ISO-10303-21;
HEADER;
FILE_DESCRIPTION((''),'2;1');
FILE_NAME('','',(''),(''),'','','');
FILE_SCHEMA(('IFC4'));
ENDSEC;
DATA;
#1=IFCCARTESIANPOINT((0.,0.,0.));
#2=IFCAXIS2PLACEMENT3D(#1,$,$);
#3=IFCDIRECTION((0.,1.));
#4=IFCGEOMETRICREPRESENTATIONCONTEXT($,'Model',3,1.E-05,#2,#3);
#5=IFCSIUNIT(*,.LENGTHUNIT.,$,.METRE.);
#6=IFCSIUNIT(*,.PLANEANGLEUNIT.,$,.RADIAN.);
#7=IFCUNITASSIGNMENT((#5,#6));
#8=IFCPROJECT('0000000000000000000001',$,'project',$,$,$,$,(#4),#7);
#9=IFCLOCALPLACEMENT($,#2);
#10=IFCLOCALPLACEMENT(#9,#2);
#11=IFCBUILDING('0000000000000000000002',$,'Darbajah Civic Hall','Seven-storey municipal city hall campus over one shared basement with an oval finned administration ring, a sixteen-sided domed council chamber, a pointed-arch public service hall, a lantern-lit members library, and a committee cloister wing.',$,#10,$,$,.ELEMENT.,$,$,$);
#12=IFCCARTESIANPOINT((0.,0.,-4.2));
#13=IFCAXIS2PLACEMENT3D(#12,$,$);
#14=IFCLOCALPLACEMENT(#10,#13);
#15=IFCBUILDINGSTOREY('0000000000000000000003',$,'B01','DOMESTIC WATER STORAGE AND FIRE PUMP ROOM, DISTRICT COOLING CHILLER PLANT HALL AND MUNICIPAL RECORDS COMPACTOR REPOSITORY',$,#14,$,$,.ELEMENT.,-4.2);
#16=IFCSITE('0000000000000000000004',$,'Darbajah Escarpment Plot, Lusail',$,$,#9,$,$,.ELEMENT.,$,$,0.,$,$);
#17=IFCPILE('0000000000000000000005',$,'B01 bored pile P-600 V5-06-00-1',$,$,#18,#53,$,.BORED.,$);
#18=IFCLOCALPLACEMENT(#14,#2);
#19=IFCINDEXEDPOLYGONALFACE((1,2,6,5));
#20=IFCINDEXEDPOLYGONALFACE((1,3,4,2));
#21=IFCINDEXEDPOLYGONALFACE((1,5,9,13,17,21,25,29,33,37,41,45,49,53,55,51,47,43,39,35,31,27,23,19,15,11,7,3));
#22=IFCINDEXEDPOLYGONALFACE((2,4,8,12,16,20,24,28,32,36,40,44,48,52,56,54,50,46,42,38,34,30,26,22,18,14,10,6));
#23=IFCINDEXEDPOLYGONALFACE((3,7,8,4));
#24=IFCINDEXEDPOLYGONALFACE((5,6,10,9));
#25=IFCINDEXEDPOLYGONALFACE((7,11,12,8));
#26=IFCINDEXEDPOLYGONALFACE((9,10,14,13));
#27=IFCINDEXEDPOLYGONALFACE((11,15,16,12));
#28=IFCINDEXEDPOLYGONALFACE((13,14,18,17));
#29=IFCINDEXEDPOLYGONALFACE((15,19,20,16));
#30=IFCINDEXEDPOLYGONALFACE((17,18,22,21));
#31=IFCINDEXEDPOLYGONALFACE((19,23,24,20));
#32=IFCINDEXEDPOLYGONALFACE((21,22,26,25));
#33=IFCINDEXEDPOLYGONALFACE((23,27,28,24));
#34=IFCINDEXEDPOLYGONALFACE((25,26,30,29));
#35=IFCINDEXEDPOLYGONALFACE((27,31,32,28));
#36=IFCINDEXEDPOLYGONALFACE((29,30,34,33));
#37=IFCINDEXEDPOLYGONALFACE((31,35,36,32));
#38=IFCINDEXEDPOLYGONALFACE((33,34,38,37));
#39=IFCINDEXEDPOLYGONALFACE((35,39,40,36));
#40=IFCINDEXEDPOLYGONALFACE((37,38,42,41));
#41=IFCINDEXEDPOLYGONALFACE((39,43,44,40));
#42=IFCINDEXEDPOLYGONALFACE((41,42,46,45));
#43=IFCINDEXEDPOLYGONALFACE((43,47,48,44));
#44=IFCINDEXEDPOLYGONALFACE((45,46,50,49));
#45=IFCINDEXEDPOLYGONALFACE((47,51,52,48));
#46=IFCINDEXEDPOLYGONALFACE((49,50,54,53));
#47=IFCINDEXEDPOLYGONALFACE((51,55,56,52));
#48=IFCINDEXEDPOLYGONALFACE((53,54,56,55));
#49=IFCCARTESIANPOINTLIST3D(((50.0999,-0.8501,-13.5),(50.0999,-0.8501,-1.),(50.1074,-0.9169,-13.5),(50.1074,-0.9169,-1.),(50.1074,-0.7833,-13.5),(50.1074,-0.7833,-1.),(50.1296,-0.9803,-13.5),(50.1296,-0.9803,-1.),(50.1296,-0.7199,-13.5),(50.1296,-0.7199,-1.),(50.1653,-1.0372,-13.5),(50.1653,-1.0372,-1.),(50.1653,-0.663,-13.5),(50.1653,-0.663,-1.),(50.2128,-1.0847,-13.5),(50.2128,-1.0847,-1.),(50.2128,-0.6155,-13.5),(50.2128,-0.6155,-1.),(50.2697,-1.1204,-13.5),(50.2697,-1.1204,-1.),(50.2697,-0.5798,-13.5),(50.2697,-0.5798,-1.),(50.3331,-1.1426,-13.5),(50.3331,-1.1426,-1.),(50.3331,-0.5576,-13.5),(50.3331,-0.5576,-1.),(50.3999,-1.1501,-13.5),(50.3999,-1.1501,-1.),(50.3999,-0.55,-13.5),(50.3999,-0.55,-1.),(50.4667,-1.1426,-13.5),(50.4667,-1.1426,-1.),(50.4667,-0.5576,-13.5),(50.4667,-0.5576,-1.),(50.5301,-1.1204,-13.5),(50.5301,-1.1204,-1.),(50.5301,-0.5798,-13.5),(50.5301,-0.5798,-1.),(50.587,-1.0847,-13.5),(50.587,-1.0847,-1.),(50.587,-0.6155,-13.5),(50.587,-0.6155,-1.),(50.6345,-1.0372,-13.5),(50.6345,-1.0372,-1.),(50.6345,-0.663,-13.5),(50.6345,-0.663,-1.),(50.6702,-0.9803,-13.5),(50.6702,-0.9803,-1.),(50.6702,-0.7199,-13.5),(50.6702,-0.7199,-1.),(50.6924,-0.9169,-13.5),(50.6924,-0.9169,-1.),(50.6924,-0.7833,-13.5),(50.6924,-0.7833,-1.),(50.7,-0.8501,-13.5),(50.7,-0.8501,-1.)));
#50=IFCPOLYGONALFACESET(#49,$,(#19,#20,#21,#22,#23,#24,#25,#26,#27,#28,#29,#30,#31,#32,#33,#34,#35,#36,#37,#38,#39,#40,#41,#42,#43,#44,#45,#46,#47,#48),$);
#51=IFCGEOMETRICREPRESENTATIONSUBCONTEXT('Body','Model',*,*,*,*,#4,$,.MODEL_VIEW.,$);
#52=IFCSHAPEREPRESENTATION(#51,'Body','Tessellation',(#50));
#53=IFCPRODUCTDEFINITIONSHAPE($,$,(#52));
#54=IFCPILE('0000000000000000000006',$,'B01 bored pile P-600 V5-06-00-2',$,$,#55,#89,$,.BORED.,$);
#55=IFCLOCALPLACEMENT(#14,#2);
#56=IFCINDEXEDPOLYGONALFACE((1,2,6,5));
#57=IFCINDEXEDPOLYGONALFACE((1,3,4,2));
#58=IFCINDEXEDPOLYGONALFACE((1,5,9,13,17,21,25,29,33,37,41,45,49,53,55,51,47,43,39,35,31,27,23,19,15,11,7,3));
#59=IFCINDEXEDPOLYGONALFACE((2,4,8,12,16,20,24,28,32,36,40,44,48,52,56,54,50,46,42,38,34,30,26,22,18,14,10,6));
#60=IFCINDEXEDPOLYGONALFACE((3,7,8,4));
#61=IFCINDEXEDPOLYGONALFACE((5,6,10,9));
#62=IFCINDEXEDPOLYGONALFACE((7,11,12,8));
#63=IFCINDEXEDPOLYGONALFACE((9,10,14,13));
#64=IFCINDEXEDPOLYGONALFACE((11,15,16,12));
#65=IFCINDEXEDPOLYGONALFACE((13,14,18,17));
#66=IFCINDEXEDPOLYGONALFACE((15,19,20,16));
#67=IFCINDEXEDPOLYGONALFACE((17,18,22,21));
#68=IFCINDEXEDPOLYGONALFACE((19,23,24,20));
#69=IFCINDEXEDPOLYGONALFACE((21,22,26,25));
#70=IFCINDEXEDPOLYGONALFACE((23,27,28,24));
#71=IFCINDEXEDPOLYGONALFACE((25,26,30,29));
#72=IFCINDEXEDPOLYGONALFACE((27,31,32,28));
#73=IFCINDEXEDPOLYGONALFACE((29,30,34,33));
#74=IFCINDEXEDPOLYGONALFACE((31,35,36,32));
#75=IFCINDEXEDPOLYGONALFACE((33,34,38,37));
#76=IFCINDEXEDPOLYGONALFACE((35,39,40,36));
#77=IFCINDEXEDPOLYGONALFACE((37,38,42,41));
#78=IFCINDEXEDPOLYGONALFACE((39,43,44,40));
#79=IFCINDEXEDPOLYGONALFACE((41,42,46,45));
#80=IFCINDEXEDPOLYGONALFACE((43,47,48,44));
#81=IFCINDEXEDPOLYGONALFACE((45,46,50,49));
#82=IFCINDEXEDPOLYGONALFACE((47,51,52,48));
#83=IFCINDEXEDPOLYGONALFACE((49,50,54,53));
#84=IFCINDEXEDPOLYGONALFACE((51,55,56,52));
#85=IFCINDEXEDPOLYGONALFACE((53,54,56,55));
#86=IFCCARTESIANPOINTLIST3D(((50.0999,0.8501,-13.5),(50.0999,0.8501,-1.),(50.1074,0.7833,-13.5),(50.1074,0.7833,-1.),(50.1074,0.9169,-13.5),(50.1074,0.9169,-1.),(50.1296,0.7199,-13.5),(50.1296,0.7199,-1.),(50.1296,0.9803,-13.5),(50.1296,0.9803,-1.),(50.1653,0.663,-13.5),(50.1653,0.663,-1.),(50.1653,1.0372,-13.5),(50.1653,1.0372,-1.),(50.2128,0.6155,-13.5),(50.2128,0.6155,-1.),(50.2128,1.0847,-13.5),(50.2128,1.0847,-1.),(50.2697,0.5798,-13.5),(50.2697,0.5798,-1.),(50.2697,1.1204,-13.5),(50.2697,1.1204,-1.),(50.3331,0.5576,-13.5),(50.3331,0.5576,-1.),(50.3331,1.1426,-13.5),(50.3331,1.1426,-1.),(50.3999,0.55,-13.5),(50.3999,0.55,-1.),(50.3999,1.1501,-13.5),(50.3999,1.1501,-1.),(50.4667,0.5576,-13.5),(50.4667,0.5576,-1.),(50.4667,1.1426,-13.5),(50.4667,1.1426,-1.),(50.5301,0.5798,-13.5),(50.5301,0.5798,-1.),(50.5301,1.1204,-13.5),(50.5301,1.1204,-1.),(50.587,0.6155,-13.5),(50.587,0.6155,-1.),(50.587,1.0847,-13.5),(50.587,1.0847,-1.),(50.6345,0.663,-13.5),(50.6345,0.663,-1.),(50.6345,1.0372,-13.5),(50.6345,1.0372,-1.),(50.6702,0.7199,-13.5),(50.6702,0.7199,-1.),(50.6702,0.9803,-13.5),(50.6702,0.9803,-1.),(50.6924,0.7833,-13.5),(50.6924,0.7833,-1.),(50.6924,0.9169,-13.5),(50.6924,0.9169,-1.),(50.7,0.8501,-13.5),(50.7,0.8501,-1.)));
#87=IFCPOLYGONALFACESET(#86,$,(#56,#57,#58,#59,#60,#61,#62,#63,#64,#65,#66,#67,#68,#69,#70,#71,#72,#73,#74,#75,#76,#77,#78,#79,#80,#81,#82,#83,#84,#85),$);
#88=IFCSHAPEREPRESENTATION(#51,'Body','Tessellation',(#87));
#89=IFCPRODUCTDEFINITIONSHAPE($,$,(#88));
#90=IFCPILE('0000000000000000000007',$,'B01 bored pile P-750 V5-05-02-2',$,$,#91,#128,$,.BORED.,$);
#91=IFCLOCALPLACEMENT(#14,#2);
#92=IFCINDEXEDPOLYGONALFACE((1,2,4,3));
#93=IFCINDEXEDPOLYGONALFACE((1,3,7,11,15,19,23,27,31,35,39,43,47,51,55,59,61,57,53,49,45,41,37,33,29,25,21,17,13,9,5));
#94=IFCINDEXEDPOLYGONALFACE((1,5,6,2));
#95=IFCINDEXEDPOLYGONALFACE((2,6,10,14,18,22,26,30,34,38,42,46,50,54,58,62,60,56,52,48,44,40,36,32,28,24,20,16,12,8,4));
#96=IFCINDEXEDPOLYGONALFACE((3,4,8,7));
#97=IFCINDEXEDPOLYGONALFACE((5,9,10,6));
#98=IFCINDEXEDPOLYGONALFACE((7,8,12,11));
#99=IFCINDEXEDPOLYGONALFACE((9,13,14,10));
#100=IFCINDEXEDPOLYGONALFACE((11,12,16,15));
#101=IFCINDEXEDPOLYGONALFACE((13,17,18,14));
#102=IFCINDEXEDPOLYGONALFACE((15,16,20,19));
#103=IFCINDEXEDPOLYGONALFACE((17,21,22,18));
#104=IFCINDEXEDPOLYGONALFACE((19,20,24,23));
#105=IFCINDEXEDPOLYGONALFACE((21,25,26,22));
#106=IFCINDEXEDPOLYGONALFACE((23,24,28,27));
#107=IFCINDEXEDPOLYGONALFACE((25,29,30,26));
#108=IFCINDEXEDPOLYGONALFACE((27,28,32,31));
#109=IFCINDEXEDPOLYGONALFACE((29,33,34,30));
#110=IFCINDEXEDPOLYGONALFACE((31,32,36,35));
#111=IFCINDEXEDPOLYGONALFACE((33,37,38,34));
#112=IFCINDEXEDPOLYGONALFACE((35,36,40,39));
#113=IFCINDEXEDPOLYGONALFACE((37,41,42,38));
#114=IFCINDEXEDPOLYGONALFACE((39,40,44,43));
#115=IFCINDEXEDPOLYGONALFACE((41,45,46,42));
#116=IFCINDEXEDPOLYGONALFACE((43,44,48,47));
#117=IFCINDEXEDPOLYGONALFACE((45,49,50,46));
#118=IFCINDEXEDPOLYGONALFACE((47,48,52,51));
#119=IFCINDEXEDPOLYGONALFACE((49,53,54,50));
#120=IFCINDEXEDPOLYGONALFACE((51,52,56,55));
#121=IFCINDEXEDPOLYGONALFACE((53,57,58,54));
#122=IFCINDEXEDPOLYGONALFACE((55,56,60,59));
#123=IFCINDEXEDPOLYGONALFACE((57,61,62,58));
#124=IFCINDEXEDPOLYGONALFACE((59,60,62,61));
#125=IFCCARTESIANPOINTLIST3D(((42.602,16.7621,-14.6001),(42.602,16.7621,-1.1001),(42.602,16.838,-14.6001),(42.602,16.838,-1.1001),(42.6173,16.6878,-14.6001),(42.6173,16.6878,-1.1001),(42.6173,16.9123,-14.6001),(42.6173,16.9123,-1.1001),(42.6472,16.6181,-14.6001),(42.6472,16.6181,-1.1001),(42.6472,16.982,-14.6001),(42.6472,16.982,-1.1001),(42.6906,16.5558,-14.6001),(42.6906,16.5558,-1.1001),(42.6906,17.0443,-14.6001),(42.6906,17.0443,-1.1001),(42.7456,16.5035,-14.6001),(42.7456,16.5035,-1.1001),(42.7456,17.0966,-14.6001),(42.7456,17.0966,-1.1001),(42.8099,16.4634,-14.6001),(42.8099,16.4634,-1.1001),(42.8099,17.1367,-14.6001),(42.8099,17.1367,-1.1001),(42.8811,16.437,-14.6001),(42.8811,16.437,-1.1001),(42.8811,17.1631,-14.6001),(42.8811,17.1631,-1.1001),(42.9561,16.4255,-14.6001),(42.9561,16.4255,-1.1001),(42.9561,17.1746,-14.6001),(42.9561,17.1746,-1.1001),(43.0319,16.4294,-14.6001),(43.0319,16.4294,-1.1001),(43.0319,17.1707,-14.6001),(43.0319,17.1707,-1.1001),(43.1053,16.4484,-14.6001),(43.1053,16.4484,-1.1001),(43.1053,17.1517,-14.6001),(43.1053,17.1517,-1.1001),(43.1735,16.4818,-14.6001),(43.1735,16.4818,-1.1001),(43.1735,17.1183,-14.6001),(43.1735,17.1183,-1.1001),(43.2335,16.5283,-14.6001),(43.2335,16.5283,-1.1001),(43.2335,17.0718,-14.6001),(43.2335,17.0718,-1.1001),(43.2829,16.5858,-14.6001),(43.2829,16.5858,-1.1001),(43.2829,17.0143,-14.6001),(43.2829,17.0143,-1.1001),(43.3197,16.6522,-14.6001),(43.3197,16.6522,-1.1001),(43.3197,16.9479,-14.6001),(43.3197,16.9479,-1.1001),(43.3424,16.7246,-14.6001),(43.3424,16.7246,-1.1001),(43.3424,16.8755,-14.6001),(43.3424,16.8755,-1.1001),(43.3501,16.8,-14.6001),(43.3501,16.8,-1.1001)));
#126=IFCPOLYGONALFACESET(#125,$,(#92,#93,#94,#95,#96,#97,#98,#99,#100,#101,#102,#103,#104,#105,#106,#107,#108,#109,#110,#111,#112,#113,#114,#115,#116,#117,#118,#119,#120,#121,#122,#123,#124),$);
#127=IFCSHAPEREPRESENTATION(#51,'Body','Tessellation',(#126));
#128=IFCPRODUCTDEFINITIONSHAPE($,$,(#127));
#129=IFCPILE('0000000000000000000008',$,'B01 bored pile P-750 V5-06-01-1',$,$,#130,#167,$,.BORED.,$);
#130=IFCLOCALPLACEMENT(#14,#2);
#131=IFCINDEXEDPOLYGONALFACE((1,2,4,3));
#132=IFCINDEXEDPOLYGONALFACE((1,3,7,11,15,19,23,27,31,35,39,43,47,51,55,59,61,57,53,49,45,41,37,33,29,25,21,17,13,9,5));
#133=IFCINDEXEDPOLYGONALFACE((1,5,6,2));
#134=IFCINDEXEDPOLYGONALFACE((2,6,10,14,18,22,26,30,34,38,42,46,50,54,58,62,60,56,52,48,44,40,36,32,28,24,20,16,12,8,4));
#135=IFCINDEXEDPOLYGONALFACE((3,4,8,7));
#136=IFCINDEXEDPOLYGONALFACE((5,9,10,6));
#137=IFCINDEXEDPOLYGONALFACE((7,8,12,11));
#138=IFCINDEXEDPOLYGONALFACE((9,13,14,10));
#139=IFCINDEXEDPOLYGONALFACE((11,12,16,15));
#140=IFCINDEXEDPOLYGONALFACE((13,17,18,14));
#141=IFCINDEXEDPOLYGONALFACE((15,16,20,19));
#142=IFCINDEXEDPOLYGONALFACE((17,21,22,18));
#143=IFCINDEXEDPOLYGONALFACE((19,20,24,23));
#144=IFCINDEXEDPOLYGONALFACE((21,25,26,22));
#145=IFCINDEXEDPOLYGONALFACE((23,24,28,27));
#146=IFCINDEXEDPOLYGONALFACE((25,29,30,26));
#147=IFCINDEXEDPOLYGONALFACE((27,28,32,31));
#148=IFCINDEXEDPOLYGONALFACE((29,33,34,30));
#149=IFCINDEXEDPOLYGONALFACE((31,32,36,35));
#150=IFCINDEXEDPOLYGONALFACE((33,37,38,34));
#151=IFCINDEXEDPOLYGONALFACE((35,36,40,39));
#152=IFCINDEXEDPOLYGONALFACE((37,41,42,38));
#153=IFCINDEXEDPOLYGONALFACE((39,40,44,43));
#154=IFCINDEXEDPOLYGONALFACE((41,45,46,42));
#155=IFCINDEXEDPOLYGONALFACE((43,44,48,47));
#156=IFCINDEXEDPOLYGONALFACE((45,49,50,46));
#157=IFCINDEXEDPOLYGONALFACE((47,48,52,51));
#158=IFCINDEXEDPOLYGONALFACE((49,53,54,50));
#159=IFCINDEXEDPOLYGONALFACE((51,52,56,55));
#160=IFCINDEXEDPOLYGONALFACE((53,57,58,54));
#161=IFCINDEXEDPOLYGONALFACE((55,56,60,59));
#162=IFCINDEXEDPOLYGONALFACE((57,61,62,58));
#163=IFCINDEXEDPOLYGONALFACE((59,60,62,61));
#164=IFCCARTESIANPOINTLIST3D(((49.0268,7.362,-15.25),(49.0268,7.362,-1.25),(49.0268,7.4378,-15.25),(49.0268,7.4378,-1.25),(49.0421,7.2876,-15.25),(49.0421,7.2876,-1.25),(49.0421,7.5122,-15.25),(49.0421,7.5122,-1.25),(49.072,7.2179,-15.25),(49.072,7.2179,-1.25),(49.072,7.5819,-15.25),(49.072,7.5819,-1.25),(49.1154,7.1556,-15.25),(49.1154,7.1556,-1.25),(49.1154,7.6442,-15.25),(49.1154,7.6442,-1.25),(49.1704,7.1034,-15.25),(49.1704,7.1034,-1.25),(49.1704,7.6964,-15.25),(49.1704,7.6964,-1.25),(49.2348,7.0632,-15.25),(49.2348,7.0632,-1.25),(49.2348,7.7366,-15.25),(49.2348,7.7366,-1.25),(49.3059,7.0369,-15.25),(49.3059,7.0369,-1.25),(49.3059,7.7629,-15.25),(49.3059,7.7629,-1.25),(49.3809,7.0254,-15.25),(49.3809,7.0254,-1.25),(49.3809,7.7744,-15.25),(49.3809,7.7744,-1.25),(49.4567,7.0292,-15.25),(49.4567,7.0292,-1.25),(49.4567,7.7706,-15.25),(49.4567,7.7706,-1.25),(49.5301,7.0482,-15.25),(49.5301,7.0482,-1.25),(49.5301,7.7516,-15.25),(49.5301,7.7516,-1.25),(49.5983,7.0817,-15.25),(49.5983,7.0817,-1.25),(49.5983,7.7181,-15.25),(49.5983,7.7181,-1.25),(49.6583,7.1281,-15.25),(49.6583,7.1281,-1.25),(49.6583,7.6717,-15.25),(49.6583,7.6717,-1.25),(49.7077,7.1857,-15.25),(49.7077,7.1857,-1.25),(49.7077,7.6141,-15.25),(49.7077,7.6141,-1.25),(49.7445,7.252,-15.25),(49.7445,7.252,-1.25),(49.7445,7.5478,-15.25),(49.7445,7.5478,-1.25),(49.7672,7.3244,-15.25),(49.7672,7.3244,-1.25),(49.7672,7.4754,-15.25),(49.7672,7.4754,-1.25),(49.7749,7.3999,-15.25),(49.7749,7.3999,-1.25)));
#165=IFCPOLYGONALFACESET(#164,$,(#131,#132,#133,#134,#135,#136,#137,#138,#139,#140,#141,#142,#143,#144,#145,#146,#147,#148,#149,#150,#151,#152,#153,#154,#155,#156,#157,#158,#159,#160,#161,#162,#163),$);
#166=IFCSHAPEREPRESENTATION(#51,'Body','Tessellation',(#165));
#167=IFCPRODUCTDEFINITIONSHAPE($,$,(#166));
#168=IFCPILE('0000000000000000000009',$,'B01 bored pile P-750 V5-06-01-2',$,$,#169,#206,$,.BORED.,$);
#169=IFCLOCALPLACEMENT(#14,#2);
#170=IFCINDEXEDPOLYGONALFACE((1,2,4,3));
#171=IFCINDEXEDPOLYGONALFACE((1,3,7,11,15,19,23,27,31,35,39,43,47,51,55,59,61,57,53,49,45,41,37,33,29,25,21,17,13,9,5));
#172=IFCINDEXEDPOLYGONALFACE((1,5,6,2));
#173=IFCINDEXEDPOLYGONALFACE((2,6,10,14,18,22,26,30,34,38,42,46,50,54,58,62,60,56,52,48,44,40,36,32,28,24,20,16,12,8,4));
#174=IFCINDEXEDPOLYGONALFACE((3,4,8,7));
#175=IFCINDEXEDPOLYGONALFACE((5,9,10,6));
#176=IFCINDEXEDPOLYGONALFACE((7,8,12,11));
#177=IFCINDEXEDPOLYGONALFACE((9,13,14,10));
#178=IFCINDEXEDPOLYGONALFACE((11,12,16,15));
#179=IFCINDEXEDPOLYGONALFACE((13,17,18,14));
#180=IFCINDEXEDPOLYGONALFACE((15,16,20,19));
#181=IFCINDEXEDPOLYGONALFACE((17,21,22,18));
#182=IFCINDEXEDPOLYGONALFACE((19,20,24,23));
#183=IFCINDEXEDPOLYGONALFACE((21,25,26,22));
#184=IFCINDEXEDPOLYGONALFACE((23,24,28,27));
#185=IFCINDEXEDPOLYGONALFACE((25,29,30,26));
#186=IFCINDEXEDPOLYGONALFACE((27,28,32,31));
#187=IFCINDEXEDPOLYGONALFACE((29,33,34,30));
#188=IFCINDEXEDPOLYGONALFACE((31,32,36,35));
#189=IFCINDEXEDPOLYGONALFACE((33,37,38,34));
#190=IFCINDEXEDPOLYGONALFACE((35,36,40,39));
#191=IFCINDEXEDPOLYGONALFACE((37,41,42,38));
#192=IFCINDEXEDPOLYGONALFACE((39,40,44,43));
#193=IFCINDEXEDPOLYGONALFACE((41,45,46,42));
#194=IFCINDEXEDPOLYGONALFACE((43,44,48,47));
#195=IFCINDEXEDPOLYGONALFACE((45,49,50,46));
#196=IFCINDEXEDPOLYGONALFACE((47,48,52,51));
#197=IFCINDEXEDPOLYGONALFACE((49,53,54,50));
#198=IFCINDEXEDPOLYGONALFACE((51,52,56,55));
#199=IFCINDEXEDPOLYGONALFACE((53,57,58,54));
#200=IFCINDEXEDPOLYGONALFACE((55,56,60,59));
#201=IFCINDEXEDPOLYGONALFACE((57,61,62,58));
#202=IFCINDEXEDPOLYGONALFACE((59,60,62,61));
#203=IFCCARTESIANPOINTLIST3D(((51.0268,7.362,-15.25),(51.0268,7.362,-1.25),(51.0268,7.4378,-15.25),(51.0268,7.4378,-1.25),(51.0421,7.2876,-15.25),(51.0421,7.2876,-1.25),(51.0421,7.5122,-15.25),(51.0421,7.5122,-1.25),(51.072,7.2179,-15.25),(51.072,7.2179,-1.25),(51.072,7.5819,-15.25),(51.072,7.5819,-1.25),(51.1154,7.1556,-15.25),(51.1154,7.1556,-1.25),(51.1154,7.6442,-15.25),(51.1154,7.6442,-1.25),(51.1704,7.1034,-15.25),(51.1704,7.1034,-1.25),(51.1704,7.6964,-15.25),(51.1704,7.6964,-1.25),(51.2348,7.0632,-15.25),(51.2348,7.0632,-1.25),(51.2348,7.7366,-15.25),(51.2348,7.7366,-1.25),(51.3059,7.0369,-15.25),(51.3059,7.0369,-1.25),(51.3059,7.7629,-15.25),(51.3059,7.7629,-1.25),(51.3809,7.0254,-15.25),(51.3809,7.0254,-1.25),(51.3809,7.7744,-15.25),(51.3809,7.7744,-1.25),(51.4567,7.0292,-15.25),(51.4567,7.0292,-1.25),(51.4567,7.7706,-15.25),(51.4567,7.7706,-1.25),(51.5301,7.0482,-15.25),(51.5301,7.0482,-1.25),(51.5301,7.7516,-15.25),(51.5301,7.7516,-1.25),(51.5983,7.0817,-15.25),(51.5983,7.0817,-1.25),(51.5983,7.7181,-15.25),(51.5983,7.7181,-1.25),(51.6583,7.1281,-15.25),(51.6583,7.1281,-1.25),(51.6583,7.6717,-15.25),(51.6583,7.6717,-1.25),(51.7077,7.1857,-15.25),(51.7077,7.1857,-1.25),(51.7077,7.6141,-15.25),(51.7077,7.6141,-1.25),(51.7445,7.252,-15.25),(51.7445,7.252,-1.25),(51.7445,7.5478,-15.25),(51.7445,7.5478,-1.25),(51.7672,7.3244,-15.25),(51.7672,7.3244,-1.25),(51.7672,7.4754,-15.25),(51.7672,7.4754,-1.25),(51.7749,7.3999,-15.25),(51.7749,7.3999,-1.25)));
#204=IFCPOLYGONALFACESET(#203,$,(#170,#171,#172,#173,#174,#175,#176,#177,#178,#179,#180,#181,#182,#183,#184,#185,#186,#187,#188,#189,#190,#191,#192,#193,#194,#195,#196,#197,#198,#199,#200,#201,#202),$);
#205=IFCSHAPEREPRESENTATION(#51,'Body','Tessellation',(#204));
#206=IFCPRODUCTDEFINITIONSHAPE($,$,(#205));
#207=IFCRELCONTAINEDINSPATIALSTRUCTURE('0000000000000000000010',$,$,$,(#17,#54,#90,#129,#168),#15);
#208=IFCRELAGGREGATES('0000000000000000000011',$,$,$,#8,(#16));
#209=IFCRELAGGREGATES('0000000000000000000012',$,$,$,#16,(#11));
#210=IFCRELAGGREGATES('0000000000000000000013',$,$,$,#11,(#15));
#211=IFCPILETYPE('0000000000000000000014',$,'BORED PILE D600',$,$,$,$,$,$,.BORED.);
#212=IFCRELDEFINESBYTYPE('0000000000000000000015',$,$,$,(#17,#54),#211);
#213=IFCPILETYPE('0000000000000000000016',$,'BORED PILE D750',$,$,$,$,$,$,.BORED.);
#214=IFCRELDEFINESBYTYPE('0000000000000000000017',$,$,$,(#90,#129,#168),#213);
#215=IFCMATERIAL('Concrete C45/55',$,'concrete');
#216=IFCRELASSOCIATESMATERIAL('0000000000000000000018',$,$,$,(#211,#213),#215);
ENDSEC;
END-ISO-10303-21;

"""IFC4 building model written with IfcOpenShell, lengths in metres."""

from ifc_helpers import new_model, si_unit, direction, frame, origin, origin_2d, place, context, subcontext, project, spatial, circle, extrude, material, material_profile, profile_set, type_object, element, save


model = new_model("IFC4")

# Units and contexts
model_context = context("Model", 3, precision=1e-05, world=origin(), true_north=direction((0.0, 1.0)))
body_context = subcontext(model_context, "Body", "Model", "MODEL_VIEW")
ifc_project = project(units=[si_unit("LENGTHUNIT", "METRE"), si_unit("PLANEANGLEUNIT", "RADIAN")], contexts=[model_context])

# Site, building, storey
site_placement = place(None, origin())
site = spatial("IfcSite", under=ifc_project, at=site_placement, Name="Darbajah Escarpment Plot, Lusail", CompositionType="ELEMENT", RefElevation=0.0)
building_placement = place(site_placement, origin())
building = spatial("IfcBuilding", under=site, at=building_placement, Name="Darbajah Civic Hall", Description="Seven-storey municipal city hall campus over one shared basement with an oval finned administration ring, a sixteen-sided domed council chamber, a pointed-arch public service hall, a lantern-lit members library, and a committee cloister wing.", CompositionType="ELEMENT")
storey_placement = place(building_placement, frame((0.0, 0.0, -4.2)))
storey = spatial("IfcBuildingStorey", under=building, at=storey_placement, Name="B01", Description="DOMESTIC WATER STORAGE AND FIRE PUMP ROOM, DISTRICT COOLING CHILLER PLANT HALL AND MUNICIPAL RECORDS COMPACTOR REPOSITORY", CompositionType="ELEMENT", Elevation=-4.2)

# Piles
ifc_material_1 = material(Name="Concrete C45/55", Category="concrete")
ifc_material_profile_1 = material_profile(ifc_material_1, circle(Radius=0.3, at=origin_2d()), Name="BORED PILE D600")
ifc_profile_set_1 = profile_set([ifc_material_profile_1], Name="Concrete C45/55")
pile_type_1 = type_object("IfcPileType", Name="BORED PILE D600", PredefinedType="BORED", material=ifc_profile_set_1)
for number, where, z_axis, x_axis, name in (
    (1, (50.3999, -0.8501, -1.0), (0.0, 0.0, -1.0), (1.0, 0.0, 0.0), "B01 bored pile P-600 V5-06-00-1"),
    (2, (50.3999, 0.8501, -1.0), (0.0, 0.0, -1.0), (1.0, 0.0, 0.0), "B01 bored pile P-600 V5-06-00-2"),
):
    element("IfcPile", number, at=place(storey_placement, frame(where, z_axis=z_axis, x_axis=x_axis)), inside=storey, type_object=pile_type_1, Name=name, PredefinedType="BORED", context=body_context, shape_type="SweptSolid", body=[
        extrude(circle(Radius=0.3, at=origin_2d()), origin(), (0.0, 0.0, 1.0), 12.5),
    ])
ifc_material_profile_2 = material_profile(ifc_material_1, circle(Radius=0.375, at=origin_2d()), Name="BORED PILE D750")
ifc_profile_set_2 = profile_set([ifc_material_profile_2], Name="Concrete C45/55")
pile_type_2 = type_object("IfcPileType", Name="BORED PILE D750", PredefinedType="BORED", material=ifc_profile_set_2)
pile_placement = place(storey_placement, frame((42.9751, 16.8, -1.1001), z_axis=(0.0, 0.0, -1.0), x_axis=(1.0, 0.0, 0.0)))
element("IfcPile", 3, at=pile_placement, inside=storey, type_object=pile_type_2, Name="B01 bored pile P-750 V5-05-02-2", PredefinedType="BORED", context=body_context, shape_type="SweptSolid", body=[
    extrude(circle(Radius=0.375, at=origin_2d()), origin(), (0.0, 0.0, 1.0), 13.5),
])
for number, where, z_axis, x_axis, name in (
    (4, (49.3999, 7.3999, -1.25), (0.0, 0.0, -1.0), (1.0, 0.0, 0.0), "B01 bored pile P-750 V5-06-01-1"),
    (5, (51.3999, 7.3999, -1.25), (0.0, 0.0, -1.0), (1.0, 0.0, 0.0), "B01 bored pile P-750 V5-06-01-2"),
):
    element("IfcPile", number, at=place(storey_placement, frame(where, z_axis=z_axis, x_axis=x_axis)), inside=storey, type_object=pile_type_2, Name=name, PredefinedType="BORED", context=body_context, shape_type="SweptSolid", body=[
        extrude(circle(Radius=0.375, at=origin_2d()), origin(), (0.0, 0.0, 1.0), 14.0),
    ])

save(model, "model.ifc")
